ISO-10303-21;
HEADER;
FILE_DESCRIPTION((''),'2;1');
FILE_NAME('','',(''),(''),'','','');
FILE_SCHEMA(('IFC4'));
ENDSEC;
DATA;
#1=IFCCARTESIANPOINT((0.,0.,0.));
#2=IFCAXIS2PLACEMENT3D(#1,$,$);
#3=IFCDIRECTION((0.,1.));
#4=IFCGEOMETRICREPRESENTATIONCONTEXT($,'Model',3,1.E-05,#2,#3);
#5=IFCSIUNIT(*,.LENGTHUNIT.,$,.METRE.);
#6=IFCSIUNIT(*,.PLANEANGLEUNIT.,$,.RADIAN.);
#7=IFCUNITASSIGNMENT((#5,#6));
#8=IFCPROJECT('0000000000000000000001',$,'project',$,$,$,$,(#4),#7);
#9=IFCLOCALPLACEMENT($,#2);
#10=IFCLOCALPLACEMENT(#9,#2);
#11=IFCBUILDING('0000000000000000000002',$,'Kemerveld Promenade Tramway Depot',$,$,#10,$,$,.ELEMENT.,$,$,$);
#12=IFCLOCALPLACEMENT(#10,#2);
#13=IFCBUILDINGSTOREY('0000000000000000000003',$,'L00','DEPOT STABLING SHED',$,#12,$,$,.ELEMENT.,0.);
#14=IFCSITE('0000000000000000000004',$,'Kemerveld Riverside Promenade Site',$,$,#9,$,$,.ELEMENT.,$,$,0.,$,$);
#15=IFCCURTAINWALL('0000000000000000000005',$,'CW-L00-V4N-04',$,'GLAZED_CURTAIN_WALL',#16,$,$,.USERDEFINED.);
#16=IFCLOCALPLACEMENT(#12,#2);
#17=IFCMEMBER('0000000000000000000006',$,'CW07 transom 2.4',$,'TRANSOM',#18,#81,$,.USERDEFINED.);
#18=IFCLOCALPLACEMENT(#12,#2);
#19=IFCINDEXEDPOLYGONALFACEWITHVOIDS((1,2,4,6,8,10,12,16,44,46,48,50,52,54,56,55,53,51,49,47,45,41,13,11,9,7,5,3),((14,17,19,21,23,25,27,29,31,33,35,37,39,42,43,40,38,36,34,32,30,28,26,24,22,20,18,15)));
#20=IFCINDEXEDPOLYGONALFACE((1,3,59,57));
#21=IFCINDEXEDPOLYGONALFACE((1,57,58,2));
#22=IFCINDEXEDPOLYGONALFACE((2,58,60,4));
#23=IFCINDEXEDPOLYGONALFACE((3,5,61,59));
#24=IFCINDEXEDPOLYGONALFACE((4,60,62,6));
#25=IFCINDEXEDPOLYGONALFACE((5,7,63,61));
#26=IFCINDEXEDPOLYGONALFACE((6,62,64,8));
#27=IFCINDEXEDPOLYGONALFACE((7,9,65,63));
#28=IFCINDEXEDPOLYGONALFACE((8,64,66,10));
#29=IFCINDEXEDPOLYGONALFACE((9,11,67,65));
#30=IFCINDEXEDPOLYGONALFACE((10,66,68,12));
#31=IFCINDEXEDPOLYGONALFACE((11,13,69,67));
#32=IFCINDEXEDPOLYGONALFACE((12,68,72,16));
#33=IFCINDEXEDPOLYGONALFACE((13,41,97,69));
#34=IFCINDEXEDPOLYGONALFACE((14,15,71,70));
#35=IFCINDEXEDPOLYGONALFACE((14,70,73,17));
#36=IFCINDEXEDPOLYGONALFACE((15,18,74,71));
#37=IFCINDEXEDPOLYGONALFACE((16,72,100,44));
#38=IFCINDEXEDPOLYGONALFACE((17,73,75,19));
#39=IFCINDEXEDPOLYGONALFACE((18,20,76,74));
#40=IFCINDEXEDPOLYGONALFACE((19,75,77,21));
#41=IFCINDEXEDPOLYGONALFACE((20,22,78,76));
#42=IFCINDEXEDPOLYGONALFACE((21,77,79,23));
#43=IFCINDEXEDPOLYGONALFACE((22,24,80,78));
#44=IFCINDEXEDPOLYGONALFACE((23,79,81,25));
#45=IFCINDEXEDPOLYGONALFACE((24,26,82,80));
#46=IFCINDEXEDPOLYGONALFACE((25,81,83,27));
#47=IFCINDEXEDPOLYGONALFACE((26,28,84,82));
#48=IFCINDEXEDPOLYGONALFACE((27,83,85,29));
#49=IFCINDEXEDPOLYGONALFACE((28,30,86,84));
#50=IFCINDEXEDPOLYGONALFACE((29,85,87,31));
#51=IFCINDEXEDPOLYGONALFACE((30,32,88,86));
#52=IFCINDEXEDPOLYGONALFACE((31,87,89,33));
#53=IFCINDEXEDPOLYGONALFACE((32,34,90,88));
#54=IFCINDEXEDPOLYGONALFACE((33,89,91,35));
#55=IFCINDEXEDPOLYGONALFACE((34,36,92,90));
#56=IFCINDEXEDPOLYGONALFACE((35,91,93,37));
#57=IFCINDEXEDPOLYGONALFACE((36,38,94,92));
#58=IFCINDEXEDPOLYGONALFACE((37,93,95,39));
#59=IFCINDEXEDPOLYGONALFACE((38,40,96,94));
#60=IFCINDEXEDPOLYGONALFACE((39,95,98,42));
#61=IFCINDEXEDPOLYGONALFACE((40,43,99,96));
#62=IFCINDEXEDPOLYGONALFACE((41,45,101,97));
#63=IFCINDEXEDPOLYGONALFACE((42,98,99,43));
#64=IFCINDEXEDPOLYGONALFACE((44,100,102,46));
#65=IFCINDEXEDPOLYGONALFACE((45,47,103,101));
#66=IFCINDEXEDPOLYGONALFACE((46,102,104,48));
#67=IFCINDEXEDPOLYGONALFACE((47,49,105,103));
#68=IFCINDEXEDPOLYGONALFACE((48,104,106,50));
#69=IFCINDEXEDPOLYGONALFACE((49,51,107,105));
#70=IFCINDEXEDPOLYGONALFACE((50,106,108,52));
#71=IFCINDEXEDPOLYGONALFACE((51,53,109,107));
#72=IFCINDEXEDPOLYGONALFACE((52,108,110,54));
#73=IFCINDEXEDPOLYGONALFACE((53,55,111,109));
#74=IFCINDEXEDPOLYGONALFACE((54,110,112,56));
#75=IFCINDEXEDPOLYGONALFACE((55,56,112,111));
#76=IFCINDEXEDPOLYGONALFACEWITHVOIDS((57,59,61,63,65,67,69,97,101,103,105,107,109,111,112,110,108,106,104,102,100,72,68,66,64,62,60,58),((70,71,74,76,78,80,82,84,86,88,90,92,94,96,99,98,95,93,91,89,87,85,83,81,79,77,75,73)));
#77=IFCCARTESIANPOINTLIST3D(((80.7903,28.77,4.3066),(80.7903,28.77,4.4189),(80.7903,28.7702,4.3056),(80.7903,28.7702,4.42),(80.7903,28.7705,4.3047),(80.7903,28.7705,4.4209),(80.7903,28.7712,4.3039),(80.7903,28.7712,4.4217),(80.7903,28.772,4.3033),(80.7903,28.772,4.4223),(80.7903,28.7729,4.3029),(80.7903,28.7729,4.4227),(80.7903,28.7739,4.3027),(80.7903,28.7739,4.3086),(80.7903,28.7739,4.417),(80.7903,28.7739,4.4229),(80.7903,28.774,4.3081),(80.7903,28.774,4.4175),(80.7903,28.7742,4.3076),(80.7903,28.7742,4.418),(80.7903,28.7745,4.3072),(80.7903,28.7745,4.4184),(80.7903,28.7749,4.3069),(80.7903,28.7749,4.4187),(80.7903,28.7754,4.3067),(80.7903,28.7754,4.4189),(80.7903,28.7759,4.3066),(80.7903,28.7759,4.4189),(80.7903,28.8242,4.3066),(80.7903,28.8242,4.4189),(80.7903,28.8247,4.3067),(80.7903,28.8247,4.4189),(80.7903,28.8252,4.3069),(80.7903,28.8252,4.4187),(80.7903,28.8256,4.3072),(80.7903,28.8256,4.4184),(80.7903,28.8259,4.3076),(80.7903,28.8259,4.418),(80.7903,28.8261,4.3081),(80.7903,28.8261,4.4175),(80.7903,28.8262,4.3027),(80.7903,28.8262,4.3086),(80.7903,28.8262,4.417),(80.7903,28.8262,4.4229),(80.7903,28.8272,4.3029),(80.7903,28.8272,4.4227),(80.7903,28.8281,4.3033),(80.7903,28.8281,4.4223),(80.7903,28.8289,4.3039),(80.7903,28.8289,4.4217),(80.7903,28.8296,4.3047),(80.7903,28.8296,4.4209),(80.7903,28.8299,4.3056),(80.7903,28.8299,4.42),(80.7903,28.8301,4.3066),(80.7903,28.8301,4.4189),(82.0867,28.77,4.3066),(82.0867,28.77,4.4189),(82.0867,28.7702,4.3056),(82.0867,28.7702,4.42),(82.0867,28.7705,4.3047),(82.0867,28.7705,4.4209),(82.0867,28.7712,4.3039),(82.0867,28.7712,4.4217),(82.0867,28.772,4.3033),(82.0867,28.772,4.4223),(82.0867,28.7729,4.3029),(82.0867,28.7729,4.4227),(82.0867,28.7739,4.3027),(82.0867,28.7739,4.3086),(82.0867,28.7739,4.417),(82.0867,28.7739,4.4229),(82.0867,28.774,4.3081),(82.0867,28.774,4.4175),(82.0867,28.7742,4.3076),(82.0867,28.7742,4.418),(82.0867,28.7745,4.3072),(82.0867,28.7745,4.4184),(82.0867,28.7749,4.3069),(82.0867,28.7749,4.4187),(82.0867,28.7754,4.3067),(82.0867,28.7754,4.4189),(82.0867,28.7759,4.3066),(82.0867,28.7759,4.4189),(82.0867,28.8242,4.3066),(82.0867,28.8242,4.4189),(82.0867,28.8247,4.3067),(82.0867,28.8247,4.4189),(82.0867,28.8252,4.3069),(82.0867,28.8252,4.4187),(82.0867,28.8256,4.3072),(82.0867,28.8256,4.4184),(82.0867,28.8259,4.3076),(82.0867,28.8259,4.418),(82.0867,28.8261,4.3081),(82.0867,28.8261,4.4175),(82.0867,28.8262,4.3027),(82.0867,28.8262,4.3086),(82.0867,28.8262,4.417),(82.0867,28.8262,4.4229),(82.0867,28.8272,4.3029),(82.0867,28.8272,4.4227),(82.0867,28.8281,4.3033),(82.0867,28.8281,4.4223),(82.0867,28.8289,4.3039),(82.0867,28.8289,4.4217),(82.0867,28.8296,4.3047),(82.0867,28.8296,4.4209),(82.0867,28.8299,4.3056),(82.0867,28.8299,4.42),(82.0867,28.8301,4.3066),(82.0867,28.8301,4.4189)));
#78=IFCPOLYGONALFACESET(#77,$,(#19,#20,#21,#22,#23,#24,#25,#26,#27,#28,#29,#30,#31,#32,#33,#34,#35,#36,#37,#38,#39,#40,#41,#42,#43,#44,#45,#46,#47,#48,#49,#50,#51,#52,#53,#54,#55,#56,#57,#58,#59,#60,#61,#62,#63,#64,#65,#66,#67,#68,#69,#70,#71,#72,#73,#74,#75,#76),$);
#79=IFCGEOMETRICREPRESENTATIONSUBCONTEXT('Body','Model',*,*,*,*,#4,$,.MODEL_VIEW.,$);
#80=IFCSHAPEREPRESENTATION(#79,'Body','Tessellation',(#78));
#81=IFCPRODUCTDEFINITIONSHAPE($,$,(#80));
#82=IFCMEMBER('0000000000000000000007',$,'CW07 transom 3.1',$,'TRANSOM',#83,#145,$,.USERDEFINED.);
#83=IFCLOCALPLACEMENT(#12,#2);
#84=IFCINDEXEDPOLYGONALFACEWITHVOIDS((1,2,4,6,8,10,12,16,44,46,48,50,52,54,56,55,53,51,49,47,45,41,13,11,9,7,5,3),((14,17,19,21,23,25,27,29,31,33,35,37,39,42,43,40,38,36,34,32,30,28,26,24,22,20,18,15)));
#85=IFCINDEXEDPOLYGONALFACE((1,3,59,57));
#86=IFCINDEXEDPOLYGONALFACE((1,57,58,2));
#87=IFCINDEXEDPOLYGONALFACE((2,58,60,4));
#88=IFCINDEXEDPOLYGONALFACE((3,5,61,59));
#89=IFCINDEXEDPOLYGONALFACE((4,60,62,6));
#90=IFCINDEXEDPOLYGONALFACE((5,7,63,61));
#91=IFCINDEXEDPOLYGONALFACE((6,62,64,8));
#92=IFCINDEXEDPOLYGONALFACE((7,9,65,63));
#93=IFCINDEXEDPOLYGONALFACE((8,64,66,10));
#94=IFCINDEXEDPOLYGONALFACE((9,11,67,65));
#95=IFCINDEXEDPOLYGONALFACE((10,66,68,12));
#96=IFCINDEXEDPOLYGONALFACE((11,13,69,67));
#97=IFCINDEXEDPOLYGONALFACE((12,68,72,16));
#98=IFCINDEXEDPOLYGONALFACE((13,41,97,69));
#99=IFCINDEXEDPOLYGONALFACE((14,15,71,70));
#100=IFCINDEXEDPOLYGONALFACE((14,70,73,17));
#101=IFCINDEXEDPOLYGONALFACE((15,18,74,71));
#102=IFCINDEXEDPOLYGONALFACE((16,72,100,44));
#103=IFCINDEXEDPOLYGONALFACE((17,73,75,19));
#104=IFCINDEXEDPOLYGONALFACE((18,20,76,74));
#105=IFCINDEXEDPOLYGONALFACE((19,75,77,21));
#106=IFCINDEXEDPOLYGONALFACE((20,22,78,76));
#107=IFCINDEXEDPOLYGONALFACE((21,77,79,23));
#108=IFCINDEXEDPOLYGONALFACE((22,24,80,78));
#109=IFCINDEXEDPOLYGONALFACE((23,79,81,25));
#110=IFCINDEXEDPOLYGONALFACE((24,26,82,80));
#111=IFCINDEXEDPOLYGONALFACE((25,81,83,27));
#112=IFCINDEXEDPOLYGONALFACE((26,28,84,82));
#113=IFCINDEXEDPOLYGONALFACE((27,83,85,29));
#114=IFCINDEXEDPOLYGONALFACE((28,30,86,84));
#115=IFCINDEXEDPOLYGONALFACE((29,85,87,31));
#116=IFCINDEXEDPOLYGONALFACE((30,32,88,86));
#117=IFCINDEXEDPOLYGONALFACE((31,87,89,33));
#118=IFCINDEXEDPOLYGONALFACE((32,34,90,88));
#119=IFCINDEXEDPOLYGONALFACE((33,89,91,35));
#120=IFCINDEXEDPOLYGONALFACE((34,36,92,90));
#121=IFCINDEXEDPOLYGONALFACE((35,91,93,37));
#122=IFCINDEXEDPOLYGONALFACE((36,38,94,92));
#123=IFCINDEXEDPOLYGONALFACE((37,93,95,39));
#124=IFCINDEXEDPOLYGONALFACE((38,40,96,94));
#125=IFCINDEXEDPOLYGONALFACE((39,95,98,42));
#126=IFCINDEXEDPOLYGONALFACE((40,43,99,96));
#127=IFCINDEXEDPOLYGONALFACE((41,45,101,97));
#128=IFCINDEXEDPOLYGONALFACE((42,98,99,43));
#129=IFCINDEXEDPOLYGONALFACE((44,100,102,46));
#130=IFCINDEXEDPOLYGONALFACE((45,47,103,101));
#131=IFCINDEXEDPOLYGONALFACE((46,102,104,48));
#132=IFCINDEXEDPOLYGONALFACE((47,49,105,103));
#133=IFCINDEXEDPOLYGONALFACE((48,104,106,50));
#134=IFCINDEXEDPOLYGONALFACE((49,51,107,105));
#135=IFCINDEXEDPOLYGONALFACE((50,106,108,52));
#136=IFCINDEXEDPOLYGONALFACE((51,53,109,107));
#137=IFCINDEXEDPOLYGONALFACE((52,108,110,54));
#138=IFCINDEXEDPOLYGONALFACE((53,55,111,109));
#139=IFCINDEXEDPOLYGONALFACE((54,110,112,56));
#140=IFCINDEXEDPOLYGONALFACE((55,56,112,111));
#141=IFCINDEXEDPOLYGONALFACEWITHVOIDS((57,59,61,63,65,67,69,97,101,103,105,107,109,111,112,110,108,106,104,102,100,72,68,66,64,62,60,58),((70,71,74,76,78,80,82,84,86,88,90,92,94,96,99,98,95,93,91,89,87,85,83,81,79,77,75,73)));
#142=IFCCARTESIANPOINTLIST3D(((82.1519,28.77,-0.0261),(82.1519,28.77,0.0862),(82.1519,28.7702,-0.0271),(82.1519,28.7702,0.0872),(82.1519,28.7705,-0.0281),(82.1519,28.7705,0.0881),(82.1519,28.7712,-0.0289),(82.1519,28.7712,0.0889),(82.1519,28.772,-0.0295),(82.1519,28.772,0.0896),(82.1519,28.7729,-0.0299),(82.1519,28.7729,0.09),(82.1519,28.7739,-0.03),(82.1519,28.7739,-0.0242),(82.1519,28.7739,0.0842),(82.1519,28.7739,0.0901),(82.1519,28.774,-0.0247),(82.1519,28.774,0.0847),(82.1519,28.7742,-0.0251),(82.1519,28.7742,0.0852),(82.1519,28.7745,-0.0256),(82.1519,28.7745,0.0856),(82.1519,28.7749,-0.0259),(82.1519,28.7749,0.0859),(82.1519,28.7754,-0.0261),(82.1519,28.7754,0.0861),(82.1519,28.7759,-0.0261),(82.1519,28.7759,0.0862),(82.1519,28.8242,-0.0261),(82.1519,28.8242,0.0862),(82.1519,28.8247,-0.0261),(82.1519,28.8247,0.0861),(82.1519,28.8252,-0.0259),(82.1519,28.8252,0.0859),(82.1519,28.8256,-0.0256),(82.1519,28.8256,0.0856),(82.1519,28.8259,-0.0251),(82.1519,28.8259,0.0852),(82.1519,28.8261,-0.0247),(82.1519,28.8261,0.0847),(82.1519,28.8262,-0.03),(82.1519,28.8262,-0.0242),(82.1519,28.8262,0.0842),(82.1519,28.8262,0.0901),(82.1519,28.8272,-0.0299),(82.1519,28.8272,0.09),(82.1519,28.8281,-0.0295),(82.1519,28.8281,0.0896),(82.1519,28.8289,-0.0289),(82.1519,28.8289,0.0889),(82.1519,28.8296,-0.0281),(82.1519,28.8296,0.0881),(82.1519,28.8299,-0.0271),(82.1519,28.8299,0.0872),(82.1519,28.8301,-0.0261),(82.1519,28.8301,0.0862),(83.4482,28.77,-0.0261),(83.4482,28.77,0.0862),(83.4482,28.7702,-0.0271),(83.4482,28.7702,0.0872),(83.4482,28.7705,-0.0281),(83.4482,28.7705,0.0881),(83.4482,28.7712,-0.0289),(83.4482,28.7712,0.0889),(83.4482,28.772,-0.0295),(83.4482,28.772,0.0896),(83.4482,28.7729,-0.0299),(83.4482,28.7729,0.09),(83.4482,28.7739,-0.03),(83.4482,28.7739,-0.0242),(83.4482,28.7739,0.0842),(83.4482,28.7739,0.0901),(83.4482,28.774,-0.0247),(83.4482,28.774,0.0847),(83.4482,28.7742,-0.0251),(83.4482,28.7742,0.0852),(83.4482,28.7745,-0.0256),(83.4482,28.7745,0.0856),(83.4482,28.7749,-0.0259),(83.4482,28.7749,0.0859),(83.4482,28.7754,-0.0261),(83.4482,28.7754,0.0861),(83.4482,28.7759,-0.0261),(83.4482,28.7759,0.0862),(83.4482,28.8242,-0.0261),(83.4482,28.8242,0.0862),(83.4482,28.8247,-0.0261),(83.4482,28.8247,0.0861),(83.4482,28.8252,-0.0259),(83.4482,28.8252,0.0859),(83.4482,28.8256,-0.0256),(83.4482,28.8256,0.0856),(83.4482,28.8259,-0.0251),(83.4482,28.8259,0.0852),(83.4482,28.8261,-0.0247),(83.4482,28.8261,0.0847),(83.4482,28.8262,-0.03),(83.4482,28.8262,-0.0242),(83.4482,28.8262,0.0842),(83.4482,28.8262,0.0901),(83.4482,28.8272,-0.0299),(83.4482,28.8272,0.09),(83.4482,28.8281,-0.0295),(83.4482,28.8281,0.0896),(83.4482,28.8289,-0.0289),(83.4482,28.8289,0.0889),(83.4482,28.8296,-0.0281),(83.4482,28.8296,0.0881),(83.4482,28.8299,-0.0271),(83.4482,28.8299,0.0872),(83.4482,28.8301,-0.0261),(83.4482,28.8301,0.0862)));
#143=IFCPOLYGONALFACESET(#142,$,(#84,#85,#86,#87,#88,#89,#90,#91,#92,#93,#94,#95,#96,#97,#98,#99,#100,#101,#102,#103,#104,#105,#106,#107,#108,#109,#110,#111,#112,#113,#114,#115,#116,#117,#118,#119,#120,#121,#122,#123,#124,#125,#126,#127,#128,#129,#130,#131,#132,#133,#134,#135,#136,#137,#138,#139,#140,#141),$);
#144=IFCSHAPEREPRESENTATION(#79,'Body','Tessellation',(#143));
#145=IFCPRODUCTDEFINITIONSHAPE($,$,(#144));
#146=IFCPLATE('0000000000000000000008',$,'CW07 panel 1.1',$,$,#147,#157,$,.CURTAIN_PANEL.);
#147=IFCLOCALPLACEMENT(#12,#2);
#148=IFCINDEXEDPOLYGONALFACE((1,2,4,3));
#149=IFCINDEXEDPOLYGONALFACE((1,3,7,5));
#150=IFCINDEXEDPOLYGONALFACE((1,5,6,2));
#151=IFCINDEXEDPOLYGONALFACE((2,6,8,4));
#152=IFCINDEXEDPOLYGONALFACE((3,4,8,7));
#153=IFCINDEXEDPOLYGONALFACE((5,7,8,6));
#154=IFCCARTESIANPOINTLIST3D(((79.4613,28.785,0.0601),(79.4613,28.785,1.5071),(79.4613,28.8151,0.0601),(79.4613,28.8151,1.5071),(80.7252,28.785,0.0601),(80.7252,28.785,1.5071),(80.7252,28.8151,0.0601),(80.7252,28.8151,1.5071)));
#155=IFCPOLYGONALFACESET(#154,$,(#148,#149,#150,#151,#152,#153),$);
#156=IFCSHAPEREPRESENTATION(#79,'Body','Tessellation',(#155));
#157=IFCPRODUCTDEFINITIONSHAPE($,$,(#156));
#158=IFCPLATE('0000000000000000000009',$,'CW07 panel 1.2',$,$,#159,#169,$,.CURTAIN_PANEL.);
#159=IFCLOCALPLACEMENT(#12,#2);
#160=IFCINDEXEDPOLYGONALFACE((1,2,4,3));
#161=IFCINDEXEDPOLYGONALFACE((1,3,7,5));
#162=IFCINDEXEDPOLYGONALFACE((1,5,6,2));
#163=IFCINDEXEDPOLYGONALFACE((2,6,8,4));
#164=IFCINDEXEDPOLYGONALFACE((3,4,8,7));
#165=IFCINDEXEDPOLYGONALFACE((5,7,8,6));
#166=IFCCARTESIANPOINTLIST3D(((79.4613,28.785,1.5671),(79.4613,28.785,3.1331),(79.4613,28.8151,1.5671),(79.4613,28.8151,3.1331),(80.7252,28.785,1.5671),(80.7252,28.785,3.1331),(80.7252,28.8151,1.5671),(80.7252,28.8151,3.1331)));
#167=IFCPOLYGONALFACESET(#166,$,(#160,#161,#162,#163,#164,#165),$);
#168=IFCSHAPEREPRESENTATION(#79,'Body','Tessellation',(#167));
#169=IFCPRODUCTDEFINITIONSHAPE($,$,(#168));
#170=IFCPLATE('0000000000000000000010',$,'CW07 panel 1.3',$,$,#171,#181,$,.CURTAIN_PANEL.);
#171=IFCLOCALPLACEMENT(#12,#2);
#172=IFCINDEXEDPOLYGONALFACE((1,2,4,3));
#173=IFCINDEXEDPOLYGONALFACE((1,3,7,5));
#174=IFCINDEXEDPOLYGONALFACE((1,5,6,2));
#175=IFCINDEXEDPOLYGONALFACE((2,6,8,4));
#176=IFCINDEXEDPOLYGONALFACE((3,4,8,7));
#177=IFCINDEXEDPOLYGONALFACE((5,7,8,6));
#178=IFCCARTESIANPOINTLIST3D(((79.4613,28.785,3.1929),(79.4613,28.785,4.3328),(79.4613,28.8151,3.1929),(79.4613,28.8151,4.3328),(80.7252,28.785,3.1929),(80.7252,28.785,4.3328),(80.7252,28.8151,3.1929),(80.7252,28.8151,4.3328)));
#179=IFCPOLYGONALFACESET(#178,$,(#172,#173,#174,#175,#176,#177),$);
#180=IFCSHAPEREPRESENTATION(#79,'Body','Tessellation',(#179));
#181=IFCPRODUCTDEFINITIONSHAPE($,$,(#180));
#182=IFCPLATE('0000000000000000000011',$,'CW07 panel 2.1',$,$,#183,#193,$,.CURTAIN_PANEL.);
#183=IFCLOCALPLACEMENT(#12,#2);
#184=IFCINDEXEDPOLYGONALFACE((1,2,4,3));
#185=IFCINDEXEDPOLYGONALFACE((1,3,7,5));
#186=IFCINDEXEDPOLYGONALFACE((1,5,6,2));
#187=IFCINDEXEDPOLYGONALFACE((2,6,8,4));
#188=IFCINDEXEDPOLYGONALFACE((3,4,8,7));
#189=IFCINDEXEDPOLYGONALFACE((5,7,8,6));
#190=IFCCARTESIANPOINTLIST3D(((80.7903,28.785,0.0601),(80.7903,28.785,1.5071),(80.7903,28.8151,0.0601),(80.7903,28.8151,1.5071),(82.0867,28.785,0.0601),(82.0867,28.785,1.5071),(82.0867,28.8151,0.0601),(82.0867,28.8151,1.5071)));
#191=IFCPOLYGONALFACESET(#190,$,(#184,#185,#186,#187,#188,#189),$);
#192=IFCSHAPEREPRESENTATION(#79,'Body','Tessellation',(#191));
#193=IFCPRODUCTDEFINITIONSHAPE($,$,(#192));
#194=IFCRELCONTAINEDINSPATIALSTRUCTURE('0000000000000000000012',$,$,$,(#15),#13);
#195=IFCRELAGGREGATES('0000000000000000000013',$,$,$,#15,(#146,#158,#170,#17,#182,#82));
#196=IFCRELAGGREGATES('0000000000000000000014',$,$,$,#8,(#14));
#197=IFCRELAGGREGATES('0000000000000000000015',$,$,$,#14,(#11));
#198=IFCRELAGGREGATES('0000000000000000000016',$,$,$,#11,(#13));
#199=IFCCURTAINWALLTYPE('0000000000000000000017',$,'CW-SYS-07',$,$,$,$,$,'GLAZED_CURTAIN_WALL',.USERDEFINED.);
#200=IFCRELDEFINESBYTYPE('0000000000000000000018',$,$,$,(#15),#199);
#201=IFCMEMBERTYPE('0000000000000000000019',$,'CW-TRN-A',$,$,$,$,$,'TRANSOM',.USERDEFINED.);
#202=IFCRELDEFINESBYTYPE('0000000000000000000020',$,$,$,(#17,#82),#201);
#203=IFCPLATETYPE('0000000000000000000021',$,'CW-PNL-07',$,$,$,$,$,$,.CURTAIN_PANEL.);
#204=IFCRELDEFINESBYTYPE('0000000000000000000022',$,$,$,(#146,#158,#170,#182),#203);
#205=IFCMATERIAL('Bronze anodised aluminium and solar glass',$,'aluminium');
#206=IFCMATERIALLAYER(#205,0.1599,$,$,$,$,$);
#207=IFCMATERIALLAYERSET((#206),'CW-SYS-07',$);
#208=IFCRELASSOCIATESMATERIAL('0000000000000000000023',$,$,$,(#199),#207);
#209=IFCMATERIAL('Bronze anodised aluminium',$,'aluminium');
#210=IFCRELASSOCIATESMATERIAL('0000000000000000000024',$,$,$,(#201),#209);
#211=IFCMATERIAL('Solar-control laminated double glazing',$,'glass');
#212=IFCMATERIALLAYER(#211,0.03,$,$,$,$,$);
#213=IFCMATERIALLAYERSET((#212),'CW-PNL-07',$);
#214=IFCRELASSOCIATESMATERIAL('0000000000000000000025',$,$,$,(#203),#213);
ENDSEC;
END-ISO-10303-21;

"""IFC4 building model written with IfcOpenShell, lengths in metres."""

from ifc_helpers import new_model, si_unit, direction, frame, origin, origin_2d, place, context, subcontext, project, spatial, rectangle, hollow_rectangle, extrude, material, layer, layer_set, material_profile, profile_set, type_object, element, aggregate, save


model = new_model("IFC4")

# Units and contexts
model_context = context("Model", 3, precision=1e-05, world=origin(), true_north=direction((0.0, 1.0)))
body_context = subcontext(model_context, "Body", "Model", "MODEL_VIEW")
ifc_project = project(units=[si_unit("LENGTHUNIT", "METRE"), si_unit("PLANEANGLEUNIT", "RADIAN")], contexts=[model_context])

# Site, building, storey
site_placement = place(None, origin())
site = spatial("IfcSite", under=ifc_project, at=site_placement, Name="Kemerveld Riverside Promenade Site", CompositionType="ELEMENT", RefElevation=0.0)
building_placement = place(site_placement, origin())
building = spatial("IfcBuilding", under=site, at=building_placement, Name="Kemerveld Promenade Tramway Depot", CompositionType="ELEMENT")
storey_placement = place(building_placement, origin())
storey = spatial("IfcBuildingStorey", under=building, at=storey_placement, Name="L00", Description="DEPOT STABLING SHED", CompositionType="ELEMENT", Elevation=0.0)

# Curtain wall, members, plates
ifc_material_1 = material(Name="Bronze anodised aluminium and solar glass", Category="aluminium")
ifc_layer_1 = layer(ifc_material_1, 0.1599)
ifc_layer_set_1 = layer_set([ifc_layer_1], Name="CW-SYS-07")
curtain_wall_type = type_object("IfcCurtainWallType", Name="CW-SYS-07", ElementType="GLAZED_CURTAIN_WALL", PredefinedType="USERDEFINED", material=ifc_layer_set_1)
curtain_wall_placement = place(storey_placement, origin())
curtain_wall = element("IfcCurtainWall", 1, at=curtain_wall_placement, inside=storey, type_object=curtain_wall_type, Name="CW-L00-V4N-04", ObjectType="GLAZED_CURTAIN_WALL", PredefinedType="USERDEFINED")
ifc_material_2 = material(Name="Bronze anodised aluminium", Category="aluminium")
ifc_material_profile_1 = material_profile(ifc_material_2, hollow_rectangle(XDim=0.0601, YDim=0.1201, WallThickness=0.0039, InnerFilletRadius=0.002, OuterFilletRadius=0.0039, at=origin_2d()), Name="CW-TRN-120x60")
ifc_profile_set_1 = profile_set([ifc_material_profile_1], Name="Bronze anodised aluminium")
member_type_1 = type_object("IfcMemberType", Name="CW-TRN-A", ElementType="TRANSOM", PredefinedType="USERDEFINED", material=ifc_profile_set_1)
member_1_placement = place(storey_placement, frame((80.7903, 28.8, 4.3628), z_axis=(1.0, 0.0, 0.0), x_axis=(0.0, 1.0, 0.0)))
member_1 = element("IfcMember", 2, at=member_1_placement, type_object=member_type_1, Name="CW07 transom 2.4", ObjectType="TRANSOM", PredefinedType="USERDEFINED", context=body_context, shape_type="SweptSolid", body=[
    extrude(hollow_rectangle(XDim=0.0601, YDim=0.1201, WallThickness=0.0039, InnerFilletRadius=0.002, OuterFilletRadius=0.0039, at=origin_2d()), origin(), (0.0, 0.0, 1.0), 1.2964),
])
member_2_placement = place(storey_placement, frame((82.1519, 28.8, 0.03), z_axis=(1.0, 0.0, 0.0), x_axis=(0.0, 1.0, 0.0)))
member_2 = element("IfcMember", 3, at=member_2_placement, type_object=member_type_1, Name="CW07 transom 3.1", ObjectType="TRANSOM", PredefinedType="USERDEFINED", context=body_context, shape_type="SweptSolid", body=[
    extrude(hollow_rectangle(XDim=0.0601, YDim=0.1201, WallThickness=0.0039, InnerFilletRadius=0.002, OuterFilletRadius=0.0039, at=origin_2d()), origin(), (0.0, 0.0, 1.0), 1.2964),
])
ifc_material_3 = material(Name="Solar-control laminated double glazing", Category="glass")
ifc_layer_2 = layer(ifc_material_3, 0.03)
ifc_layer_set_2 = layer_set([ifc_layer_2], Name="CW-PNL-07")
plate_type_1 = type_object("IfcPlateType", Name="CW-PNL-07", PredefinedType="CURTAIN_PANEL", material=ifc_layer_set_2)
plate_1_placement = place(storey_placement, frame((80.0933, 28.8, 0.0601), z_axis=(0.0, 0.0, 1.0), x_axis=(1.0, 0.0, 0.0)))
plate_1 = element("IfcPlate", 4, at=plate_1_placement, type_object=plate_type_1, Name="CW07 panel 1.1", PredefinedType="CURTAIN_PANEL", context=body_context, shape_type="SweptSolid", body=[
    extrude(rectangle(XDim=1.2639, YDim=0.03, at=origin_2d()), origin(), (0.0, 0.0, 1.0), 1.447),
])
plate_2_placement = place(storey_placement, frame((80.0933, 28.8, 1.5671), z_axis=(0.0, 0.0, 1.0), x_axis=(1.0, 0.0, 0.0)))
plate_2 = element("IfcPlate", 5, at=plate_2_placement, type_object=plate_type_1, Name="CW07 panel 1.2", PredefinedType="CURTAIN_PANEL", context=body_context, shape_type="SweptSolid", body=[
    extrude(rectangle(XDim=1.2639, YDim=0.03, at=origin_2d()), origin(), (0.0, 0.0, 1.0), 1.5659),
])
plate_3_placement = place(storey_placement, frame((80.0933, 28.8, 3.1929), z_axis=(0.0, 0.0, 1.0), x_axis=(1.0, 0.0, 0.0)))
plate_3 = element("IfcPlate", 6, at=plate_3_placement, type_object=plate_type_1, Name="CW07 panel 1.3", PredefinedType="CURTAIN_PANEL", context=body_context, shape_type="SweptSolid", body=[
    extrude(rectangle(XDim=1.2639, YDim=0.03, at=origin_2d()), origin(), (0.0, 0.0, 1.0), 1.1399),
])
plate_4_placement = place(storey_placement, frame((81.4385, 28.8, 0.0601), z_axis=(0.0, 0.0, 1.0), x_axis=(1.0, 0.0, 0.0)))
plate_4 = element("IfcPlate", 7, at=plate_4_placement, type_object=plate_type_1, Name="CW07 panel 2.1", PredefinedType="CURTAIN_PANEL", context=body_context, shape_type="SweptSolid", body=[
    extrude(rectangle(XDim=1.2964, YDim=0.03, at=origin_2d()), origin(), (0.0, 0.0, 1.0), 1.447),
])
aggregate(curtain_wall, [plate_1, plate_2, plate_3, member_1, plate_4, member_2])

save(model, "model.ifc")
